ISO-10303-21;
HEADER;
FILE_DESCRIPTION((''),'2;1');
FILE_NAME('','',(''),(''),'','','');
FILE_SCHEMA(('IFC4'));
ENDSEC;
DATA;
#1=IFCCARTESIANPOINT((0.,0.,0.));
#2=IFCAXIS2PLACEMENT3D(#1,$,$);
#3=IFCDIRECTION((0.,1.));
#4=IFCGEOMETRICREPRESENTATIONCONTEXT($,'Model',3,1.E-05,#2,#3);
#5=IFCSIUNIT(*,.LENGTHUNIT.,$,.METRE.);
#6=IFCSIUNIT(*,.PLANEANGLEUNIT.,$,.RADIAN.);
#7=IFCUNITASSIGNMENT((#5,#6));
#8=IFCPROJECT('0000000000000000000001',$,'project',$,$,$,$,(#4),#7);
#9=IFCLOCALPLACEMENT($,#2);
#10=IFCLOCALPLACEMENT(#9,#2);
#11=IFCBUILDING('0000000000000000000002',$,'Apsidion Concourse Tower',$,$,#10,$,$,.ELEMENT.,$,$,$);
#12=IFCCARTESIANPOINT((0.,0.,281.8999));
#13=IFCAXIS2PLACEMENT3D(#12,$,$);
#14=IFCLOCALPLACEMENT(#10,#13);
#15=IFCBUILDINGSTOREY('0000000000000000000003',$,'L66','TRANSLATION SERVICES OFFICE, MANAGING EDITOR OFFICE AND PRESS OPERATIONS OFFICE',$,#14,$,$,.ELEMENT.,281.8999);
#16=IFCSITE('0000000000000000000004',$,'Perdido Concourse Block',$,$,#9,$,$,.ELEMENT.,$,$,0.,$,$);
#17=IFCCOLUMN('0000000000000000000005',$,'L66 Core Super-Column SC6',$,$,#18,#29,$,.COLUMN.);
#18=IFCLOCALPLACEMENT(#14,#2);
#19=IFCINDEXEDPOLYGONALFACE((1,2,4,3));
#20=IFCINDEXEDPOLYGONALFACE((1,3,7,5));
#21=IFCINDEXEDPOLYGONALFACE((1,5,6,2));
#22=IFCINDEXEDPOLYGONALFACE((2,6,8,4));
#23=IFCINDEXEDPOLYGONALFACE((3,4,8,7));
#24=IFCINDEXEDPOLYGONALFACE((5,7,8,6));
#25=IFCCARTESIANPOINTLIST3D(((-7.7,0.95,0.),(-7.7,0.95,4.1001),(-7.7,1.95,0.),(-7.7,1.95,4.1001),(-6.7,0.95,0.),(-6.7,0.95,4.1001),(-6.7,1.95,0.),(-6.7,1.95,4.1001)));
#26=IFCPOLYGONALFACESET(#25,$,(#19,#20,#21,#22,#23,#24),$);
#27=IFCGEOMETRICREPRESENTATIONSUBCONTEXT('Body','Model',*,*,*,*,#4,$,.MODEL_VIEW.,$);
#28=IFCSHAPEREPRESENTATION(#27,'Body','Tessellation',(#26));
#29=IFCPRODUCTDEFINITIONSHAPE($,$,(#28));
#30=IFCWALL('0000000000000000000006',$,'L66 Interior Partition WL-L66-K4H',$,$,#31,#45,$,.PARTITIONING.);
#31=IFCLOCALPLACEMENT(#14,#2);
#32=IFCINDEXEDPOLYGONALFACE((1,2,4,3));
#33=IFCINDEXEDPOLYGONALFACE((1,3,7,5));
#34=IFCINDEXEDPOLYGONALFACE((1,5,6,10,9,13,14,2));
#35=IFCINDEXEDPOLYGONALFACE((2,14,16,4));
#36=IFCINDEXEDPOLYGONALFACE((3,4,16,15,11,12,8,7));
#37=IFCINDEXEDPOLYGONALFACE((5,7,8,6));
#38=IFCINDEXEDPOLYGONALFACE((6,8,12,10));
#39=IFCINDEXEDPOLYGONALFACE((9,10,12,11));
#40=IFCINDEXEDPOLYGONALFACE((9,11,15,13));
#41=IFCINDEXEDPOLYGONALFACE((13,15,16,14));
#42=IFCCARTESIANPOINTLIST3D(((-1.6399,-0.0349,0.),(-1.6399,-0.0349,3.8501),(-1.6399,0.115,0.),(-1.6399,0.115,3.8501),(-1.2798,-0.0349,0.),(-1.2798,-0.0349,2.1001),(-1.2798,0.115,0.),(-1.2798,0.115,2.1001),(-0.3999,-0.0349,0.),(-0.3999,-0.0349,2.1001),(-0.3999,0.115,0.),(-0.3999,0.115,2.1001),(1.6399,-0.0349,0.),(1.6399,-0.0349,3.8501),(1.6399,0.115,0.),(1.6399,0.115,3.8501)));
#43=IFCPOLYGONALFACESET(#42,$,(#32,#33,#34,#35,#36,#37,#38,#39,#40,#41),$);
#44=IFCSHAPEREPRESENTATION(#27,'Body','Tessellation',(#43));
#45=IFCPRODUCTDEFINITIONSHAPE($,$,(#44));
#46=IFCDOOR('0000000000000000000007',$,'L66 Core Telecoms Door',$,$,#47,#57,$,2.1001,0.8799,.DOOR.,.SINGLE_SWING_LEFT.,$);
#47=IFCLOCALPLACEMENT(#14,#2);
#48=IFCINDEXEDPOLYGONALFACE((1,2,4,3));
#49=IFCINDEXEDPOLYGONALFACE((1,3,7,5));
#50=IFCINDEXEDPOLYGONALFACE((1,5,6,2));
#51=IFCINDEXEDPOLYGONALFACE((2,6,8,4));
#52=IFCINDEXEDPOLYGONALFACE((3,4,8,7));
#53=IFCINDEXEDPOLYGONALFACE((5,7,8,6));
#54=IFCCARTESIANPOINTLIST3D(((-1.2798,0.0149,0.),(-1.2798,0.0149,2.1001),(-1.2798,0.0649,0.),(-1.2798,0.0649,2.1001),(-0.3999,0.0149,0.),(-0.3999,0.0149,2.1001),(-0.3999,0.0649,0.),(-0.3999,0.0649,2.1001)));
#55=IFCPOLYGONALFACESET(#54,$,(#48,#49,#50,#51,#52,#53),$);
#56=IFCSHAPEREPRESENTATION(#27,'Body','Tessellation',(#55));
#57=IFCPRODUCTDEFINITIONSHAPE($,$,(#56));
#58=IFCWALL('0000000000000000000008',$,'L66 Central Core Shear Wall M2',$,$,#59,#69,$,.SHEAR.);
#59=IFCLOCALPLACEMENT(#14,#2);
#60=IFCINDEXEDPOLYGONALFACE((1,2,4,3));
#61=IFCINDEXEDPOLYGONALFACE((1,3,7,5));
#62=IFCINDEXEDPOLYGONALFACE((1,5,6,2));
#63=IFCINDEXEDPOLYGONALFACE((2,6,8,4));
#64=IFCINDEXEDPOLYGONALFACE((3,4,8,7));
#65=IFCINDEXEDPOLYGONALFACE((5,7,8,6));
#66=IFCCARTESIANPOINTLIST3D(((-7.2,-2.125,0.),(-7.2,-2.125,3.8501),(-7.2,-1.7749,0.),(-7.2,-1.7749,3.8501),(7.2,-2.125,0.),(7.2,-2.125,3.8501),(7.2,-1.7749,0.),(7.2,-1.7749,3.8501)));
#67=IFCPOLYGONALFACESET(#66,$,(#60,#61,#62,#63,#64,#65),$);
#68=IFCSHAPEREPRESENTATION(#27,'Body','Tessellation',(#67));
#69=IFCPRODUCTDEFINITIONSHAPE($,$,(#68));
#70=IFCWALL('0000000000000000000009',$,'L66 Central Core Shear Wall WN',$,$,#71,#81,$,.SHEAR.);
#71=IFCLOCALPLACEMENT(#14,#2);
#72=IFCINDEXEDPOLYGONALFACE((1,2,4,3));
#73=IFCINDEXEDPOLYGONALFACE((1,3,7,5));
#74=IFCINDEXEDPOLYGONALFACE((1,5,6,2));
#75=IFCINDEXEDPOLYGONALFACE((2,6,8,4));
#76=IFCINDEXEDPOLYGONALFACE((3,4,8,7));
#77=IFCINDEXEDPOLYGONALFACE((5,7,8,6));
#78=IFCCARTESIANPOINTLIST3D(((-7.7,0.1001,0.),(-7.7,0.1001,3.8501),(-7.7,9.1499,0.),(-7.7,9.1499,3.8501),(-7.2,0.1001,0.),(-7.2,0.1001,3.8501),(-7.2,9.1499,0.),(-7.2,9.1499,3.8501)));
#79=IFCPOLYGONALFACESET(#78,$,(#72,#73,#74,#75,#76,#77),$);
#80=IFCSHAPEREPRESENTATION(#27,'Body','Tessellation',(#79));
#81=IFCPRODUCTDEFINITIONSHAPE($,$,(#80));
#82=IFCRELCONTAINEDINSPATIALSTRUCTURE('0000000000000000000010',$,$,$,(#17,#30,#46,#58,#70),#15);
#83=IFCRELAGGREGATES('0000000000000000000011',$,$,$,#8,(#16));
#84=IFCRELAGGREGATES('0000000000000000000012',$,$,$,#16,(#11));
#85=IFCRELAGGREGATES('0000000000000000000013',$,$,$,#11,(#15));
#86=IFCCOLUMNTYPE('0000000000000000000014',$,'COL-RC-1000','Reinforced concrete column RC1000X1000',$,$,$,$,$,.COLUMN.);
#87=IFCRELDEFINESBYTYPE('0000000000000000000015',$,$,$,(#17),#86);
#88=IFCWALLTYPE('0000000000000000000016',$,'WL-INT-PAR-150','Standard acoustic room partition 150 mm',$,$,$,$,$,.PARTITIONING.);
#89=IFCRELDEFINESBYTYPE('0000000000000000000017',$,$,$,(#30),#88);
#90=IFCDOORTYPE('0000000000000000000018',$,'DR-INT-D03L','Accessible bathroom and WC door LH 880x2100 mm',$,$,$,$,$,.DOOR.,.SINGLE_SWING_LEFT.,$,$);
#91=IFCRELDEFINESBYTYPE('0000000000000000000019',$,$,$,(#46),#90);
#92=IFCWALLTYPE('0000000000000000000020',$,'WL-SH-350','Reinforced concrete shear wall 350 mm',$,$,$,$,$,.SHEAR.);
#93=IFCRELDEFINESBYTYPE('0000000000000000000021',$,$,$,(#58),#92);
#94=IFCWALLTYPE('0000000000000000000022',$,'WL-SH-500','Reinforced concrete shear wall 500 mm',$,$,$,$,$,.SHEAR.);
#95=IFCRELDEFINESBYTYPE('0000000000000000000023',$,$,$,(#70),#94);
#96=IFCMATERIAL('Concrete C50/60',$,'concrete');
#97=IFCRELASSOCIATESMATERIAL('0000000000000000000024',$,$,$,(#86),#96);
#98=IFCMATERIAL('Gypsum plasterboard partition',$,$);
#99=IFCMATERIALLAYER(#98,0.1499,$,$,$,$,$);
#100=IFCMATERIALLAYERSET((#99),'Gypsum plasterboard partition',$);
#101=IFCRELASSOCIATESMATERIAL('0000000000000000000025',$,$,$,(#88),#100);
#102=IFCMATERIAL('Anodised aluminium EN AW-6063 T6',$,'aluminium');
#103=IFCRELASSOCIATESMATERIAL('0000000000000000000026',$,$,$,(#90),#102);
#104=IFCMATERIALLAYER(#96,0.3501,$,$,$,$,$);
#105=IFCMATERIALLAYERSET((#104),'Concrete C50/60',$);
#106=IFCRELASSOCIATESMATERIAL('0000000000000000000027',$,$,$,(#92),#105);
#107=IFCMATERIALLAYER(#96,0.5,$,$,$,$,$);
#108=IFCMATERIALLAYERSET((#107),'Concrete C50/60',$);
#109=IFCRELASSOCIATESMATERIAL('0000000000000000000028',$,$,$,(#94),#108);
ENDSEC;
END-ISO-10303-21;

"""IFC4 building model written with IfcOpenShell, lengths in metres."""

from ifc_helpers import new_model, si_unit, direction, frame, frame_2d, origin, origin_2d, place, context, subcontext, project, spatial, rectangle, extrude, material, layer, layer_set, material_profile, profile_set, type_object, element, fill, save


model = new_model("IFC4")

# Units and contexts
model_context = context("Model", 3, precision=1e-05, world=origin(), true_north=direction((0.0, 1.0)))
body_context = subcontext(model_context, "Body", "Model", "MODEL_VIEW")
ifc_project = project(units=[si_unit("LENGTHUNIT", "METRE"), si_unit("PLANEANGLEUNIT", "RADIAN")], contexts=[model_context])

# Site, building, storey
site_placement = place(None, origin())
site = spatial("IfcSite", under=ifc_project, at=site_placement, Name="Perdido Concourse Block", CompositionType="ELEMENT", RefElevation=0.0)
building_placement = place(site_placement, origin())
building = spatial("IfcBuilding", under=site, at=building_placement, Name="Apsidion Concourse Tower", CompositionType="ELEMENT")
storey_placement = place(building_placement, frame((0.0, 0.0, 281.8999)))
storey = spatial("IfcBuildingStorey", under=building, at=storey_placement, Name="L66", Description="TRANSLATION SERVICES OFFICE, MANAGING EDITOR OFFICE AND PRESS OPERATIONS OFFICE", CompositionType="ELEMENT", Elevation=281.8999)

# Column
ifc_material_1 = material(Name="Concrete C50/60", Category="concrete")
ifc_material_profile = material_profile(ifc_material_1, rectangle(XDim=1.0, YDim=1.0, at=origin_2d()), Name="RC 1000x1000")
ifc_profile_set = profile_set([ifc_material_profile], Name="Concrete C50/60")
column_type = type_object("IfcColumnType", Name="COL-RC-1000", Description="Reinforced concrete column RC1000X1000", PredefinedType="COLUMN", material=ifc_profile_set)
column_placement = place(storey_placement, frame((-7.2, 1.45, 0.0), z_axis=(0.0, 0.0, 1.0), x_axis=(1.0, 0.0, 0.0)))
element("IfcColumn", 1, at=column_placement, inside=storey, type_object=column_type, Name="L66 Core Super-Column SC6", PredefinedType="COLUMN", context=body_context, shape_type="SweptSolid", body=[
    extrude(rectangle(XDim=1.0, YDim=1.0, at=origin_2d()), origin(), (0.0, 0.0, 1.0), 4.1001),
])

# Wall, opening, door
ifc_material_2 = material(Name="Gypsum plasterboard partition")
ifc_layer_1 = layer(ifc_material_2, 0.1499)
ifc_layer_set_1 = layer_set([ifc_layer_1], Name="Gypsum plasterboard partition")
wall_type_1 = type_object("IfcWallType", Name="WL-INT-PAR-150", Description="Standard acoustic room partition 150 mm", PredefinedType="PARTITIONING", material=ifc_layer_set_1)
wall_1_placement = place(storey_placement, frame((-1.6399, 0.04, 0.0), z_axis=(0.0, 0.0, 1.0), x_axis=(1.0, 0.0, 0.0)))
wall_1 = element("IfcWall", 2, at=wall_1_placement, inside=storey, type_object=wall_type_1, Name="L66 Interior Partition WL-L66-K4H", PredefinedType="PARTITIONING", context=body_context, shape_type="SweptSolid", body=[
    extrude(rectangle(XDim=3.2798, YDim=0.1499, at=frame_2d((1.6399, 0.0))), origin(), (0.0, 0.0, 1.0), 3.8501),
])
opening_1_placement = place(wall_1_placement, frame((0.3601, 0.0, 0.0)))
opening_1 = element("IfcOpeningElement", 3, at=opening_1_placement, cuts=wall_1, PredefinedType="OPENING", context=body_context, shape_type="SweptSolid", body=[
    extrude(rectangle(XDim=0.8799, YDim=2.1001, at=frame_2d((0.4399, 1.05))), frame((0.0, 0.085, 0.0), z_axis=(0.0, -1.0, 0.0), x_axis=(1.0, 0.0, 0.0)), (0.0, 0.0, 1.0), 0.1699),
])
ifc_material_3 = material(Name="Anodised aluminium EN AW-6063 T6", Category="aluminium")
door_type_1 = type_object("IfcDoorType", Name="DR-INT-D03L", Description="Accessible bathroom and WC door LH 880x2100 mm", OperationType="SINGLE_SWING_LEFT", PredefinedType="DOOR", material=ifc_material_3)
door_1_placement = place(opening_1_placement, origin())
door_1 = element("IfcDoor", 4, at=door_1_placement, inside=storey, type_object=door_type_1, Name="L66 Core Telecoms Door", OperationType="SINGLE_SWING_LEFT", OverallHeight=2.1001, OverallWidth=0.8799, PredefinedType="DOOR", context=body_context, shape_type="SweptSolid", body=[
    extrude(rectangle(XDim=0.8799, YDim=2.1001, at=frame_2d((0.4399, 1.05))), frame((0.0, 0.0249, 0.0), z_axis=(0.0, -1.0, 0.0), x_axis=(1.0, 0.0, 0.0)), (0.0, 0.0, 1.0), 0.05),
])
fill(opening_1, door_1)

# Shared definitions
ifc_layer_2 = layer(ifc_material_1, 0.3501)
ifc_layer_set_2 = layer_set([ifc_layer_2], Name="Concrete C50/60")
wall_type_2 = type_object("IfcWallType", Name="WL-SH-350", Description="Reinforced concrete shear wall 350 mm", PredefinedType="SHEAR", material=ifc_layer_set_2)

# Walls
wall_2_placement = place(storey_placement, frame((-7.2, -1.95, 0.0), z_axis=(0.0, 0.0, 1.0), x_axis=(1.0, 0.0, 0.0)))
element("IfcWall", 5, at=wall_2_placement, inside=storey, type_object=wall_type_2, Name="L66 Central Core Shear Wall M2", PredefinedType="SHEAR", context=body_context, shape_type="SweptSolid", body=[
    extrude(rectangle(XDim=14.3999, YDim=0.3501, at=frame_2d((7.2, 0.0))), origin(), (0.0, 0.0, 1.0), 3.8501),
])
ifc_layer_3 = layer(ifc_material_1, 0.5)
ifc_layer_set_3 = layer_set([ifc_layer_3], Name="Concrete C50/60")
wall_type_3 = type_object("IfcWallType", Name="WL-SH-500", Description="Reinforced concrete shear wall 500 mm", PredefinedType="SHEAR", material=ifc_layer_set_3)
wall_3_placement = place(storey_placement, frame((-7.45, 0.1001, 0.0), z_axis=(0.0, 0.0, 1.0), x_axis=(0.0, 1.0, 0.0)))
element("IfcWall", 6, at=wall_3_placement, inside=storey, type_object=wall_type_3, Name="L66 Central Core Shear Wall WN", PredefinedType="SHEAR", context=body_context, shape_type="SweptSolid", body=[
    extrude(rectangle(XDim=9.0498, YDim=0.5, at=frame_2d((4.5249, 0.0))), origin(), (0.0, 0.0, 1.0), 3.8501),
])

save(model, "model.ifc")
